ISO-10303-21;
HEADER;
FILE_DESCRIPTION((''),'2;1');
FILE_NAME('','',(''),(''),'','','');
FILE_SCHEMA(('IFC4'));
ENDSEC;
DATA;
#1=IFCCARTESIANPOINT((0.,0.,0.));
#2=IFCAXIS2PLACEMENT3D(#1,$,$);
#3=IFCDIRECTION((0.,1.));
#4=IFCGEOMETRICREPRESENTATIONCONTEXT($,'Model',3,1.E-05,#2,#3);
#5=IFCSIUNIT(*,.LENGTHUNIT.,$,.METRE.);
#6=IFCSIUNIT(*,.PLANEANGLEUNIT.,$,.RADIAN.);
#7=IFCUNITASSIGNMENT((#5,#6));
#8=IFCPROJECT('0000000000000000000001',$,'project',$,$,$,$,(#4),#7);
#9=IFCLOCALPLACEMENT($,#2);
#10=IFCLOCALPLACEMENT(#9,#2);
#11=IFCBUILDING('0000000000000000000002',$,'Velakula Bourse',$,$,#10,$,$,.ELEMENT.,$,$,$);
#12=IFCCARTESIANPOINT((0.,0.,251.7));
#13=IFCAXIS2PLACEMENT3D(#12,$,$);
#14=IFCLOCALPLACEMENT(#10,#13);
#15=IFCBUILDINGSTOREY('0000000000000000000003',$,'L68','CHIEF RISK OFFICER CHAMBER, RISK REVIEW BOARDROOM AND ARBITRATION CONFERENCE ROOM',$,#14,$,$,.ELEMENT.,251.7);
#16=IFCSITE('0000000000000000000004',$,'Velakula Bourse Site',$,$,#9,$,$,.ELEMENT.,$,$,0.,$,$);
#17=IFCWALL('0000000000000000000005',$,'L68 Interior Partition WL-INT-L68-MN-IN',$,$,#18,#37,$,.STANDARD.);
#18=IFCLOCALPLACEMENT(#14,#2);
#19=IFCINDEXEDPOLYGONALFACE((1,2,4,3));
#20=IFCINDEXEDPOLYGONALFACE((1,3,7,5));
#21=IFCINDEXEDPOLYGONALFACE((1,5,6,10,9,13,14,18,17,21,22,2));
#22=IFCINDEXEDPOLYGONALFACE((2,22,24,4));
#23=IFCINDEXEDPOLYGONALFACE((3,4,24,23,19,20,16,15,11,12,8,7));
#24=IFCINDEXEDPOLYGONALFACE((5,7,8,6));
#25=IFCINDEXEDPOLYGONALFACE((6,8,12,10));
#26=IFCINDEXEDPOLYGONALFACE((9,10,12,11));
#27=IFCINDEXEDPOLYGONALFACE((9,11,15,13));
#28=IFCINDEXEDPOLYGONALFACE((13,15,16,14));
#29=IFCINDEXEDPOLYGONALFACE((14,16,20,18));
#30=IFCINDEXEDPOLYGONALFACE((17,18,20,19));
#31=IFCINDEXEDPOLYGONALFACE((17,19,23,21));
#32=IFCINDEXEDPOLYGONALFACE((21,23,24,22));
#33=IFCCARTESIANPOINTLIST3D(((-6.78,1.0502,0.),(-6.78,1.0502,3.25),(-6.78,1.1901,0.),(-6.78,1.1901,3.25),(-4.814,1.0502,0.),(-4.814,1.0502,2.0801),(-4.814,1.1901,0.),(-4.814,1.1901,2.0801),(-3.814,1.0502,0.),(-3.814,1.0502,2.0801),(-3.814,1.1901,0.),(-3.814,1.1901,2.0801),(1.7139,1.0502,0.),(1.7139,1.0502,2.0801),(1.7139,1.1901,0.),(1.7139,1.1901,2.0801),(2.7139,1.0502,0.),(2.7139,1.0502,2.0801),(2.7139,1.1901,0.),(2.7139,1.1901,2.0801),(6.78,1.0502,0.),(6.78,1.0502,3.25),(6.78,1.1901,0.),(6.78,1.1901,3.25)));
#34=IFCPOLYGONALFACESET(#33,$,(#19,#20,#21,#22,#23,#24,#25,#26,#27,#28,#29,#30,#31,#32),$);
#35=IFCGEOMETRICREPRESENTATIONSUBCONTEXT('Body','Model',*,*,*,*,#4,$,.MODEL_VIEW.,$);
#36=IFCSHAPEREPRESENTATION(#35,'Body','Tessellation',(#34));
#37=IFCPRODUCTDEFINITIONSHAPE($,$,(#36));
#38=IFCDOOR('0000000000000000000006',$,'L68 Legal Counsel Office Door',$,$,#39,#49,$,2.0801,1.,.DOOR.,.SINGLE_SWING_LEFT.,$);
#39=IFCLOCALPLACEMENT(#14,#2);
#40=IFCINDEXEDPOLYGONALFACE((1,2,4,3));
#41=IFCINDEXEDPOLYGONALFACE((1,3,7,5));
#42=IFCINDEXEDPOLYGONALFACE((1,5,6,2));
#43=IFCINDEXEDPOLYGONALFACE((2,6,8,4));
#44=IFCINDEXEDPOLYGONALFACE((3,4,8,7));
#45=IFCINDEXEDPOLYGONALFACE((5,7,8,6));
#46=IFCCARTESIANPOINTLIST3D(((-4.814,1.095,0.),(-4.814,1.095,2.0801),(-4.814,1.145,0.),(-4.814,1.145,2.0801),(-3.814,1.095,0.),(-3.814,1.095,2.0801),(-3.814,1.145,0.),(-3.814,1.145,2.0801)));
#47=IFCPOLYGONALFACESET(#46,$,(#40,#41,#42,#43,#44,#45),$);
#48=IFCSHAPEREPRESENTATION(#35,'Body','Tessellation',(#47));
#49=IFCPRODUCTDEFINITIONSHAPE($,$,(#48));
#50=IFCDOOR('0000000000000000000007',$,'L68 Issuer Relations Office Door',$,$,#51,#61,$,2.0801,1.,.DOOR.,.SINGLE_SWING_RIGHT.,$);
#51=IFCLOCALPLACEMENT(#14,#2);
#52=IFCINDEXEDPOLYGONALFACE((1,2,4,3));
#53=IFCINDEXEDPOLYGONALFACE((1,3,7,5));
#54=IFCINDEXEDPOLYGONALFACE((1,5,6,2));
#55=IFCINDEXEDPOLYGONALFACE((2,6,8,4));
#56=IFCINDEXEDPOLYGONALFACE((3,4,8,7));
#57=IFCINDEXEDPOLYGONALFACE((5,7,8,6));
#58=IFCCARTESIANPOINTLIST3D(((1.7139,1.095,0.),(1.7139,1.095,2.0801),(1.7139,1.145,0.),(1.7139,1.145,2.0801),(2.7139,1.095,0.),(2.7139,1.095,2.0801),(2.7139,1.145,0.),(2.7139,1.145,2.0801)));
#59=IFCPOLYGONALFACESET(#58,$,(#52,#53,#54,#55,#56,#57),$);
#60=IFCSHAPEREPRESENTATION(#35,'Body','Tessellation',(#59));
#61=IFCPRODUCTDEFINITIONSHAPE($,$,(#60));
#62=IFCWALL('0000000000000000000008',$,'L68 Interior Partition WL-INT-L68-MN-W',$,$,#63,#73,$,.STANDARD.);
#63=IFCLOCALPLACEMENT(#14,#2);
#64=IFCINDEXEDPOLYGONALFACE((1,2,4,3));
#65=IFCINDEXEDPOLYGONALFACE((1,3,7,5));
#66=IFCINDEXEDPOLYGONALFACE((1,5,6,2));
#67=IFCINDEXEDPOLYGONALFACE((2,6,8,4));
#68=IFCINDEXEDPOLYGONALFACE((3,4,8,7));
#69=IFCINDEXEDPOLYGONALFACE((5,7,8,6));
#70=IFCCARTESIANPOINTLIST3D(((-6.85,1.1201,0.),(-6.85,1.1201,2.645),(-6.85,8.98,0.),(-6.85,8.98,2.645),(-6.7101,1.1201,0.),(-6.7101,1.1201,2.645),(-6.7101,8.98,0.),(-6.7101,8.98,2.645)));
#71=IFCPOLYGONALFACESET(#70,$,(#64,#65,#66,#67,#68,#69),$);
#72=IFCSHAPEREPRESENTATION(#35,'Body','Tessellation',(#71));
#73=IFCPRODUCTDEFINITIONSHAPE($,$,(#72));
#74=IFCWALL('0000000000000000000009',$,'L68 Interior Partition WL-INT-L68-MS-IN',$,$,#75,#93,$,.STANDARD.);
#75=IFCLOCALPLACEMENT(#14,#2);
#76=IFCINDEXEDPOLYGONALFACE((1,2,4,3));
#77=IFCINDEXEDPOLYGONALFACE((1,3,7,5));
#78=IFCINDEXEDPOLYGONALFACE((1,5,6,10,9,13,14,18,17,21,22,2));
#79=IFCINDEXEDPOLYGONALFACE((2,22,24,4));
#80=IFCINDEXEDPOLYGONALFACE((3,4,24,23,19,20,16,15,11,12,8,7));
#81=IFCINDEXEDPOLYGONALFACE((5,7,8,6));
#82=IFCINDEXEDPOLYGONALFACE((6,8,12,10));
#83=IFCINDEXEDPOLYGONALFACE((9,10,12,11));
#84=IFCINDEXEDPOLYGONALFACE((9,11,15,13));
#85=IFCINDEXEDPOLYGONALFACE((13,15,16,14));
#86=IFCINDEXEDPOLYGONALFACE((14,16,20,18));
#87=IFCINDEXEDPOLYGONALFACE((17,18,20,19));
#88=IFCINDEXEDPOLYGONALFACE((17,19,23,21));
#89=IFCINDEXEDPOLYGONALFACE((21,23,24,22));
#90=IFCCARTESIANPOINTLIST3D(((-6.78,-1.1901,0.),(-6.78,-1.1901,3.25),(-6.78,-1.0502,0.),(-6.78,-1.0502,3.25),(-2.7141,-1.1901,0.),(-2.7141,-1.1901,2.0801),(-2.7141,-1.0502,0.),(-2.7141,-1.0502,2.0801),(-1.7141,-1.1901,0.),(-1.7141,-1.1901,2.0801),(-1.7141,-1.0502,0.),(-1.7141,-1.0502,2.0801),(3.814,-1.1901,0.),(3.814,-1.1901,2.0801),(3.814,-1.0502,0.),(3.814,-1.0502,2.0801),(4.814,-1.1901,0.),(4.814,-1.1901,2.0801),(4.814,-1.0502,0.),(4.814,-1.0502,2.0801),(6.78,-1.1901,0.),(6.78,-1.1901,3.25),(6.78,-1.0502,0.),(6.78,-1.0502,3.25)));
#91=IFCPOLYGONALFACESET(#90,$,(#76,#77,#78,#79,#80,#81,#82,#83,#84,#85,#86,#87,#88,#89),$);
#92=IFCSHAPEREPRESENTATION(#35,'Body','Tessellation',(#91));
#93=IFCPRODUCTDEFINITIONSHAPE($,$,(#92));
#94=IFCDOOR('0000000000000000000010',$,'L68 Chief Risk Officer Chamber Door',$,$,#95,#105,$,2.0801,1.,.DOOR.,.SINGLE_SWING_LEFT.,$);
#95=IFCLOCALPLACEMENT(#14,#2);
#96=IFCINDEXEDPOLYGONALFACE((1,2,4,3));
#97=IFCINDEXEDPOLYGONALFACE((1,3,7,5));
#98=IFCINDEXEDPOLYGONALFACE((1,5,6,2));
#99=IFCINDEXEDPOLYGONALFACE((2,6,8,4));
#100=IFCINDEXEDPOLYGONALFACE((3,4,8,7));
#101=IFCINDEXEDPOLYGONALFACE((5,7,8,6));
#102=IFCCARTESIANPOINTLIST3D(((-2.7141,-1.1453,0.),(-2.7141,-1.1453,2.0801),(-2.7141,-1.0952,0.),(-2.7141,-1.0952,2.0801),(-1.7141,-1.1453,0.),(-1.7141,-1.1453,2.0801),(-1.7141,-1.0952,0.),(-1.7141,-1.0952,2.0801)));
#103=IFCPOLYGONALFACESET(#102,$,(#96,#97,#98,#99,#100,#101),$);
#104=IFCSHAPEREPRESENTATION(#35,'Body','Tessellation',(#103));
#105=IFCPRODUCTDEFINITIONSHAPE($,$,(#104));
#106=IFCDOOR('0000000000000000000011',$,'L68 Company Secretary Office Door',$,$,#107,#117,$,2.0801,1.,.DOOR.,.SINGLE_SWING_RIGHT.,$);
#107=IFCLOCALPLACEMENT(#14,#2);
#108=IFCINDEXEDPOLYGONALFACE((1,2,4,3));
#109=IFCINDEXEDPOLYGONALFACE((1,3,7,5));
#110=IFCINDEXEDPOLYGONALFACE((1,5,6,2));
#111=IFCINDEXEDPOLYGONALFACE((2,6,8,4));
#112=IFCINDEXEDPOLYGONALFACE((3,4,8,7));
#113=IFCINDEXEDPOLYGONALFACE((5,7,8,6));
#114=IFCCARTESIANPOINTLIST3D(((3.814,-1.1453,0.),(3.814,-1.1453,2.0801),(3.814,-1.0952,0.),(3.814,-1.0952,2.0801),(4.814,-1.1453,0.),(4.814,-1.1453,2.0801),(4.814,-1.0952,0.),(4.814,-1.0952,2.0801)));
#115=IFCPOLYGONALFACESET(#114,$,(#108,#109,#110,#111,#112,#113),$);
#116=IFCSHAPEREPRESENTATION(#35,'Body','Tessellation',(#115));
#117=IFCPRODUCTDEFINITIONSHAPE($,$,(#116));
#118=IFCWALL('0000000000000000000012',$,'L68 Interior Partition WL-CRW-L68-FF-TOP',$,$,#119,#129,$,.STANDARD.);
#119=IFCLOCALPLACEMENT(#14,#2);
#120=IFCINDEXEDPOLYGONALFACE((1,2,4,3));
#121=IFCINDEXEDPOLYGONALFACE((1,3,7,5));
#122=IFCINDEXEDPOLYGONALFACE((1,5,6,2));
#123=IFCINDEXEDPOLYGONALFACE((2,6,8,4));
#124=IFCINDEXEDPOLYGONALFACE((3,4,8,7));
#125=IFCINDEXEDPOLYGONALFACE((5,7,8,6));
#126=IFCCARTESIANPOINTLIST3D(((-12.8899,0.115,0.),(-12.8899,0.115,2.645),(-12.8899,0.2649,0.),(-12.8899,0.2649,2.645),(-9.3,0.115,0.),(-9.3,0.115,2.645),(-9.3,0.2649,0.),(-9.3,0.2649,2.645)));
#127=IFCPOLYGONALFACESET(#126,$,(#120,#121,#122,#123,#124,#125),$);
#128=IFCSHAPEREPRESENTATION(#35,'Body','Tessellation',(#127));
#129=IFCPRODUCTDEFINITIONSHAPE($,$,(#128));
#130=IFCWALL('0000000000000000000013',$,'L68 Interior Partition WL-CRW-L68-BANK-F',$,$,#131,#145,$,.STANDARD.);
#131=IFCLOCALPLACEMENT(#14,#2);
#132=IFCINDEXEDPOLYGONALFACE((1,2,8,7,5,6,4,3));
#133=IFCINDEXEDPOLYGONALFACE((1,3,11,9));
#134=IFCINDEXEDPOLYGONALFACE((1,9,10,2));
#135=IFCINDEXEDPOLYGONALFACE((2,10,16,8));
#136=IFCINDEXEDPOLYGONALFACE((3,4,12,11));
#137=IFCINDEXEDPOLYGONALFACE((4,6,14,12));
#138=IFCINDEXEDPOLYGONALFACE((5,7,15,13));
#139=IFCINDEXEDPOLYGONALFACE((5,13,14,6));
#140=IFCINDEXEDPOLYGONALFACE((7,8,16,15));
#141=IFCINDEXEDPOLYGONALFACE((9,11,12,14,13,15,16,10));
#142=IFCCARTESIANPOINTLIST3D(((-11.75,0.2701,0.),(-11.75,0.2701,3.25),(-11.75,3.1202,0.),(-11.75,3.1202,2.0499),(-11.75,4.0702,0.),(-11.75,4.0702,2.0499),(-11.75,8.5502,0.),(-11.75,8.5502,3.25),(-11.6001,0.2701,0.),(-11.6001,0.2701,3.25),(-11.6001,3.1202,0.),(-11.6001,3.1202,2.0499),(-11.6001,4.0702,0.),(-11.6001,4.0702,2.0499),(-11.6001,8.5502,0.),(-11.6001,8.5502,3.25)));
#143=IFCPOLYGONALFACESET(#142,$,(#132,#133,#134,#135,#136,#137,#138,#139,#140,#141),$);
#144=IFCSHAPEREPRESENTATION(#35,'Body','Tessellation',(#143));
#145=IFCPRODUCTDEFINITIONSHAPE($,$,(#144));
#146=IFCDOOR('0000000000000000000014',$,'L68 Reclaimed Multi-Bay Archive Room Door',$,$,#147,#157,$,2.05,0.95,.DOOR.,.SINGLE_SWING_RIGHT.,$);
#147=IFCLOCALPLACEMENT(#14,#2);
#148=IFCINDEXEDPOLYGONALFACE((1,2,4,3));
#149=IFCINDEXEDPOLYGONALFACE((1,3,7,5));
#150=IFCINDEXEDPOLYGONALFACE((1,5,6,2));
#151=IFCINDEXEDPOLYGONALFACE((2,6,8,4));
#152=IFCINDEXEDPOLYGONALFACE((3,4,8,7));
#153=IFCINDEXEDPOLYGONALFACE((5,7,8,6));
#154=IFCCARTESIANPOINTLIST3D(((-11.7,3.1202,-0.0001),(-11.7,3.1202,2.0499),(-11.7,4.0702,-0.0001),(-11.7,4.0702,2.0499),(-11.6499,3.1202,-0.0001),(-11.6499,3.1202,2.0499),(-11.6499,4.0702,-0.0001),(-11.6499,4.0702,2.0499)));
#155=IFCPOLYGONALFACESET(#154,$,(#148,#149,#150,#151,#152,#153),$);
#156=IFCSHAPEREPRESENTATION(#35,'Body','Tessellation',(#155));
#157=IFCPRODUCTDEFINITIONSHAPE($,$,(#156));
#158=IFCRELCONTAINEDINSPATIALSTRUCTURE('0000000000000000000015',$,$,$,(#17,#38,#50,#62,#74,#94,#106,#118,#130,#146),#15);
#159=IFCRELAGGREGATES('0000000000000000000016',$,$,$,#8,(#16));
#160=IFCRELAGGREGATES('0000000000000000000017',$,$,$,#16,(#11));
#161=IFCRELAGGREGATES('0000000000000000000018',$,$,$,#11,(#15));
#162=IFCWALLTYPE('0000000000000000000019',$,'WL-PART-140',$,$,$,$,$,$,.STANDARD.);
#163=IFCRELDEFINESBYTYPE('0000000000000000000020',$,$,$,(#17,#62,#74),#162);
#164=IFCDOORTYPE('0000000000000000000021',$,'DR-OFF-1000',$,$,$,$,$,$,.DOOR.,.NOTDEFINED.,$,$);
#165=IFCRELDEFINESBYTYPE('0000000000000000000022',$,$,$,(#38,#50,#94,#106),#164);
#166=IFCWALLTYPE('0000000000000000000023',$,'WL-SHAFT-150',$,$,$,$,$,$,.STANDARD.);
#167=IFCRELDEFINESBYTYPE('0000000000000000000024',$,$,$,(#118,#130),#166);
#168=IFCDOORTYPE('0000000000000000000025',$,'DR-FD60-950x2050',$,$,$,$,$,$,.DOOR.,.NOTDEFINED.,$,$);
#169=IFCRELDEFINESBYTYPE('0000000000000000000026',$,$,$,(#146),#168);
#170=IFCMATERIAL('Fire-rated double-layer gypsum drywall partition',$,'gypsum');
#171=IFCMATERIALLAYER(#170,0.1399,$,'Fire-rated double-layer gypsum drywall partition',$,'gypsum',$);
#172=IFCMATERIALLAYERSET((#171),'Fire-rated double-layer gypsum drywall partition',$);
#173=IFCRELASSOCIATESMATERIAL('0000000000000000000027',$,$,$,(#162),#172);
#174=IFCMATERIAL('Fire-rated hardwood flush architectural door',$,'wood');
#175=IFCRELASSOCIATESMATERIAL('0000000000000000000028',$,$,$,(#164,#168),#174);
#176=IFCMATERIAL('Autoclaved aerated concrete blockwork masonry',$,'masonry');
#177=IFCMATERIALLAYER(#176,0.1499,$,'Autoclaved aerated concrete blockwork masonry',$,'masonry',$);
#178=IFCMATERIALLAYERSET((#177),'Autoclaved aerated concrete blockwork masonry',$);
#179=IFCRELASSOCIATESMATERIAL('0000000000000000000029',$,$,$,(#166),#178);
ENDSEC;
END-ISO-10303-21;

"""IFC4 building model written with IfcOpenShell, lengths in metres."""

from ifc_helpers import new_model, si_unit, direction, frame, frame_2d, origin, place, context, subcontext, project, spatial, rectangle, extrude, material, layer, layer_set, type_object, element, fill, save


model = new_model("IFC4")

# Units and contexts
model_context = context("Model", 3, precision=1e-05, world=origin(), true_north=direction((0.0, 1.0)))
body_context = subcontext(model_context, "Body", "Model", "MODEL_VIEW")
ifc_project = project(units=[si_unit("LENGTHUNIT", "METRE"), si_unit("PLANEANGLEUNIT", "RADIAN")], contexts=[model_context])

# Site, building, storey
site_placement = place(None, origin())
site = spatial("IfcSite", under=ifc_project, at=site_placement, Name="Velakula Bourse Site", CompositionType="ELEMENT", RefElevation=0.0)
building_placement = place(site_placement, origin())
building = spatial("IfcBuilding", under=site, at=building_placement, Name="Velakula Bourse", CompositionType="ELEMENT")
storey_placement = place(building_placement, frame((0.0, 0.0, 251.7)))
storey = spatial("IfcBuildingStorey", under=building, at=storey_placement, Name="L68", Description="CHIEF RISK OFFICER CHAMBER, RISK REVIEW BOARDROOM AND ARBITRATION CONFERENCE ROOM", CompositionType="ELEMENT", Elevation=251.7)

# Shared definitions
ifc_material_1 = material(Name="Fire-rated double-layer gypsum drywall partition", Category="gypsum")

# Wall, openings, doors
ifc_layer_1 = layer(ifc_material_1, 0.1399, Name="Fire-rated double-layer gypsum drywall partition", Category="gypsum")
ifc_layer_set_1 = layer_set([ifc_layer_1], Name="Fire-rated double-layer gypsum drywall partition")
wall_type_1 = type_object("IfcWallType", Name="WL-PART-140", PredefinedType="STANDARD", material=ifc_layer_set_1)
wall_1_placement = place(storey_placement, frame((-6.78, 1.1201, 0.0), z_axis=(0.0, 0.0, 1.0), x_axis=(1.0, 0.0, 0.0)))
wall_1 = element("IfcWall", 1, at=wall_1_placement, inside=storey, type_object=wall_type_1, Name="L68 Interior Partition WL-INT-L68-MN-IN", PredefinedType="STANDARD", context=body_context, shape_type="SweptSolid", body=[
    extrude(rectangle(XDim=13.5601, YDim=0.1399, at=frame_2d((6.78, 0.0))), origin(), (0.0, 0.0, 1.0), 3.25),
])
opening_1_placement = place(wall_1_placement, frame((1.9661, 0.0, 0.0)))
opening_1 = element("IfcOpeningElement", 2, at=opening_1_placement, cuts=wall_1, PredefinedType="OPENING", context=body_context, shape_type="SweptSolid", body=[
    extrude(rectangle(XDim=1.0, YDim=2.0801, at=frame_2d((0.5, 1.04))), frame((0.0, 0.0798, 0.0), z_axis=(0.0, -1.0, 0.0), x_axis=(1.0, 0.0, 0.0)), (0.0, 0.0, 1.0), 0.1599),
])
opening_2_placement = place(wall_1_placement, frame((8.4939, 0.0, 0.0)))
opening_2 = element("IfcOpeningElement", 3, at=opening_2_placement, cuts=wall_1, PredefinedType="OPENING", context=body_context, shape_type="SweptSolid", body=[
    extrude(rectangle(XDim=1.0, YDim=2.0801, at=frame_2d((0.5, 1.04))), frame((0.0, 0.0798, 0.0), z_axis=(0.0, -1.0, 0.0), x_axis=(1.0, 0.0, 0.0)), (0.0, 0.0, 1.0), 0.1599),
])
ifc_material_2 = material(Name="Fire-rated hardwood flush architectural door", Category="wood")
door_type_1 = type_object("IfcDoorType", Name="DR-OFF-1000", OperationType="NOTDEFINED", PredefinedType="DOOR", material=ifc_material_2)
door_1_placement = place(opening_1_placement, origin())
door_1 = element("IfcDoor", 4, at=door_1_placement, inside=storey, type_object=door_type_1, Name="L68 Legal Counsel Office Door", OperationType="SINGLE_SWING_LEFT", OverallHeight=2.0801, OverallWidth=1.0, PredefinedType="DOOR", context=body_context, shape_type="SweptSolid", body=[
    extrude(rectangle(XDim=1.0, YDim=2.0801, at=frame_2d((0.5, 1.04))), frame((0.0, 0.0249, 0.0), z_axis=(0.0, -1.0, 0.0), x_axis=(1.0, 0.0, 0.0)), (0.0, 0.0, 1.0), 0.05),
])
fill(opening_1, door_1)
door_2_placement = place(opening_2_placement, origin())
door_2 = element("IfcDoor", 5, at=door_2_placement, inside=storey, type_object=door_type_1, Name="L68 Issuer Relations Office Door", OperationType="SINGLE_SWING_RIGHT", OverallHeight=2.0801, OverallWidth=1.0, PredefinedType="DOOR", context=body_context, shape_type="SweptSolid", body=[
    extrude(rectangle(XDim=1.0, YDim=2.0801, at=frame_2d((0.5, 1.04))), frame((0.0, 0.0249, 0.0), z_axis=(0.0, -1.0, 0.0), x_axis=(1.0, 0.0, 0.0)), (0.0, 0.0, 1.0), 0.05),
])
fill(opening_2, door_2)

# Wall
wall_2_placement = place(storey_placement, frame((-6.78, 1.1201, 0.0), z_axis=(0.0, 0.0, 1.0), x_axis=(0.0, 1.0, 0.0)))
element("IfcWall", 6, at=wall_2_placement, inside=storey, type_object=wall_type_1, Name="L68 Interior Partition WL-INT-L68-MN-W", PredefinedType="STANDARD", context=body_context, shape_type="SweptSolid", body=[
    extrude(rectangle(XDim=7.8599, YDim=0.1399, at=frame_2d((3.9299, 0.0))), origin(), (0.0, 0.0, 1.0), 2.645),
])

# Wall, openings, doors
wall_3_placement = place(storey_placement, frame((-6.78, -1.1201, 0.0), z_axis=(0.0, 0.0, 1.0), x_axis=(1.0, 0.0, 0.0)))
wall_3 = element("IfcWall", 7, at=wall_3_placement, inside=storey, type_object=wall_type_1, Name="L68 Interior Partition WL-INT-L68-MS-IN", PredefinedType="STANDARD", context=body_context, shape_type="SweptSolid", body=[
    extrude(rectangle(XDim=13.5601, YDim=0.1399, at=frame_2d((6.78, 0.0))), origin(), (0.0, 0.0, 1.0), 3.25),
])
opening_3_placement = place(wall_3_placement, frame((4.0659, 0.0, 0.0)))
opening_3 = element("IfcOpeningElement", 8, at=opening_3_placement, cuts=wall_3, PredefinedType="OPENING", context=body_context, shape_type="SweptSolid", body=[
    extrude(rectangle(XDim=1.0, YDim=2.0801, at=frame_2d((0.5, 1.04))), frame((0.0, 0.0798, 0.0), z_axis=(0.0, -1.0, 0.0), x_axis=(1.0, 0.0, 0.0)), (0.0, 0.0, 1.0), 0.1599),
])
opening_4_placement = place(wall_3_placement, frame((10.594, 0.0, 0.0)))
opening_4 = element("IfcOpeningElement", 9, at=opening_4_placement, cuts=wall_3, PredefinedType="OPENING", context=body_context, shape_type="SweptSolid", body=[
    extrude(rectangle(XDim=1.0, YDim=2.0801, at=frame_2d((0.5, 1.04))), frame((0.0, 0.0798, 0.0), z_axis=(0.0, -1.0, 0.0), x_axis=(1.0, 0.0, 0.0)), (0.0, 0.0, 1.0), 0.1599),
])
door_3_placement = place(opening_3_placement, origin())
door_3 = element("IfcDoor", 10, at=door_3_placement, inside=storey, type_object=door_type_1, Name="L68 Chief Risk Officer Chamber Door", OperationType="SINGLE_SWING_LEFT", OverallHeight=2.0801, OverallWidth=1.0, PredefinedType="DOOR", context=body_context, shape_type="SweptSolid", body=[
    extrude(rectangle(XDim=1.0, YDim=2.0801, at=frame_2d((0.5, 1.04))), frame((0.0, 0.0249, 0.0), z_axis=(0.0, -1.0, 0.0), x_axis=(1.0, 0.0, 0.0)), (0.0, 0.0, 1.0), 0.05),
])
fill(opening_3, door_3)
door_4_placement = place(opening_4_placement, origin())
door_4 = element("IfcDoor", 11, at=door_4_placement, inside=storey, type_object=door_type_1, Name="L68 Company Secretary Office Door", OperationType="SINGLE_SWING_RIGHT", OverallHeight=2.0801, OverallWidth=1.0, PredefinedType="DOOR", context=body_context, shape_type="SweptSolid", body=[
    extrude(rectangle(XDim=1.0, YDim=2.0801, at=frame_2d((0.5, 1.04))), frame((0.0, 0.0249, 0.0), z_axis=(0.0, -1.0, 0.0), x_axis=(1.0, 0.0, 0.0)), (0.0, 0.0, 1.0), 0.05),
])
fill(opening_4, door_4)

# Wall
ifc_material_3 = material(Name="Autoclaved aerated concrete blockwork masonry", Category="masonry")
ifc_layer_2 = layer(ifc_material_3, 0.1499, Name="Autoclaved aerated concrete blockwork masonry", Category="masonry")
ifc_layer_set_2 = layer_set([ifc_layer_2], Name="Autoclaved aerated concrete blockwork masonry")
wall_type_2 = type_object("IfcWallType", Name="WL-SHAFT-150", PredefinedType="STANDARD", material=ifc_layer_set_2)
wall_4_placement = place(storey_placement, frame((-12.8899, 0.1899, 0.0), z_axis=(0.0, 0.0, 1.0), x_axis=(1.0, 0.0, 0.0)))
element("IfcWall", 12, at=wall_4_placement, inside=storey, type_object=wall_type_2, Name="L68 Interior Partition WL-CRW-L68-FF-TOP", PredefinedType="STANDARD", context=body_context, shape_type="SweptSolid", body=[
    extrude(rectangle(XDim=3.5898, YDim=0.1499, at=frame_2d((1.7949, 0.0))), origin(), (0.0, 0.0, 1.0), 2.645),
])

# Wall, opening, door
wall_5_placement = place(storey_placement, frame((-11.675, 0.27, 0.0), z_axis=(0.0, 0.0, 1.0), x_axis=(0.0, 1.0, 0.0)))
wall_5 = element("IfcWall", 13, at=wall_5_placement, inside=storey, type_object=wall_type_2, Name="L68 Interior Partition WL-CRW-L68-BANK-F", PredefinedType="STANDARD", context=body_context, shape_type="SweptSolid", body=[
    extrude(rectangle(XDim=8.28, YDim=0.1499, at=frame_2d((4.1401, 0.0))), origin(), (0.0, 0.0, 1.0), 3.25),
])
opening_5_placement = place(wall_5_placement, frame((2.8501, 0.0, 0.0)))
opening_5 = element("IfcOpeningElement", 14, at=opening_5_placement, cuts=wall_5, PredefinedType="OPENING", context=body_context, shape_type="SweptSolid", body=[
    extrude(rectangle(XDim=0.95, YDim=2.05, at=frame_2d((0.4751, 1.0249))), frame((0.0, 0.085, 0.0), z_axis=(0.0, -1.0, 0.0), x_axis=(1.0, 0.0, 0.0)), (0.0, 0.0, 1.0), 0.1699),
])
door_type_2 = type_object("IfcDoorType", Name="DR-FD60-950x2050", OperationType="NOTDEFINED", PredefinedType="DOOR", material=ifc_material_2)
door_5_placement = place(opening_5_placement, origin())
door_5 = element("IfcDoor", 15, at=door_5_placement, inside=storey, type_object=door_type_2, Name="L68 Reclaimed Multi-Bay Archive Room Door", OperationType="SINGLE_SWING_RIGHT", OverallHeight=2.05, OverallWidth=0.95, PredefinedType="DOOR", context=body_context, shape_type="SweptSolid", body=[
    extrude(rectangle(XDim=0.95, YDim=2.05, at=frame_2d((0.4751, 1.0249))), frame((0.0, 0.0249, 0.0), z_axis=(0.0, -1.0, 0.0), x_axis=(1.0, 0.0, 0.0)), (0.0, 0.0, 1.0), 0.05),
])
fill(opening_5, door_5)

save(model, "model.ifc")
